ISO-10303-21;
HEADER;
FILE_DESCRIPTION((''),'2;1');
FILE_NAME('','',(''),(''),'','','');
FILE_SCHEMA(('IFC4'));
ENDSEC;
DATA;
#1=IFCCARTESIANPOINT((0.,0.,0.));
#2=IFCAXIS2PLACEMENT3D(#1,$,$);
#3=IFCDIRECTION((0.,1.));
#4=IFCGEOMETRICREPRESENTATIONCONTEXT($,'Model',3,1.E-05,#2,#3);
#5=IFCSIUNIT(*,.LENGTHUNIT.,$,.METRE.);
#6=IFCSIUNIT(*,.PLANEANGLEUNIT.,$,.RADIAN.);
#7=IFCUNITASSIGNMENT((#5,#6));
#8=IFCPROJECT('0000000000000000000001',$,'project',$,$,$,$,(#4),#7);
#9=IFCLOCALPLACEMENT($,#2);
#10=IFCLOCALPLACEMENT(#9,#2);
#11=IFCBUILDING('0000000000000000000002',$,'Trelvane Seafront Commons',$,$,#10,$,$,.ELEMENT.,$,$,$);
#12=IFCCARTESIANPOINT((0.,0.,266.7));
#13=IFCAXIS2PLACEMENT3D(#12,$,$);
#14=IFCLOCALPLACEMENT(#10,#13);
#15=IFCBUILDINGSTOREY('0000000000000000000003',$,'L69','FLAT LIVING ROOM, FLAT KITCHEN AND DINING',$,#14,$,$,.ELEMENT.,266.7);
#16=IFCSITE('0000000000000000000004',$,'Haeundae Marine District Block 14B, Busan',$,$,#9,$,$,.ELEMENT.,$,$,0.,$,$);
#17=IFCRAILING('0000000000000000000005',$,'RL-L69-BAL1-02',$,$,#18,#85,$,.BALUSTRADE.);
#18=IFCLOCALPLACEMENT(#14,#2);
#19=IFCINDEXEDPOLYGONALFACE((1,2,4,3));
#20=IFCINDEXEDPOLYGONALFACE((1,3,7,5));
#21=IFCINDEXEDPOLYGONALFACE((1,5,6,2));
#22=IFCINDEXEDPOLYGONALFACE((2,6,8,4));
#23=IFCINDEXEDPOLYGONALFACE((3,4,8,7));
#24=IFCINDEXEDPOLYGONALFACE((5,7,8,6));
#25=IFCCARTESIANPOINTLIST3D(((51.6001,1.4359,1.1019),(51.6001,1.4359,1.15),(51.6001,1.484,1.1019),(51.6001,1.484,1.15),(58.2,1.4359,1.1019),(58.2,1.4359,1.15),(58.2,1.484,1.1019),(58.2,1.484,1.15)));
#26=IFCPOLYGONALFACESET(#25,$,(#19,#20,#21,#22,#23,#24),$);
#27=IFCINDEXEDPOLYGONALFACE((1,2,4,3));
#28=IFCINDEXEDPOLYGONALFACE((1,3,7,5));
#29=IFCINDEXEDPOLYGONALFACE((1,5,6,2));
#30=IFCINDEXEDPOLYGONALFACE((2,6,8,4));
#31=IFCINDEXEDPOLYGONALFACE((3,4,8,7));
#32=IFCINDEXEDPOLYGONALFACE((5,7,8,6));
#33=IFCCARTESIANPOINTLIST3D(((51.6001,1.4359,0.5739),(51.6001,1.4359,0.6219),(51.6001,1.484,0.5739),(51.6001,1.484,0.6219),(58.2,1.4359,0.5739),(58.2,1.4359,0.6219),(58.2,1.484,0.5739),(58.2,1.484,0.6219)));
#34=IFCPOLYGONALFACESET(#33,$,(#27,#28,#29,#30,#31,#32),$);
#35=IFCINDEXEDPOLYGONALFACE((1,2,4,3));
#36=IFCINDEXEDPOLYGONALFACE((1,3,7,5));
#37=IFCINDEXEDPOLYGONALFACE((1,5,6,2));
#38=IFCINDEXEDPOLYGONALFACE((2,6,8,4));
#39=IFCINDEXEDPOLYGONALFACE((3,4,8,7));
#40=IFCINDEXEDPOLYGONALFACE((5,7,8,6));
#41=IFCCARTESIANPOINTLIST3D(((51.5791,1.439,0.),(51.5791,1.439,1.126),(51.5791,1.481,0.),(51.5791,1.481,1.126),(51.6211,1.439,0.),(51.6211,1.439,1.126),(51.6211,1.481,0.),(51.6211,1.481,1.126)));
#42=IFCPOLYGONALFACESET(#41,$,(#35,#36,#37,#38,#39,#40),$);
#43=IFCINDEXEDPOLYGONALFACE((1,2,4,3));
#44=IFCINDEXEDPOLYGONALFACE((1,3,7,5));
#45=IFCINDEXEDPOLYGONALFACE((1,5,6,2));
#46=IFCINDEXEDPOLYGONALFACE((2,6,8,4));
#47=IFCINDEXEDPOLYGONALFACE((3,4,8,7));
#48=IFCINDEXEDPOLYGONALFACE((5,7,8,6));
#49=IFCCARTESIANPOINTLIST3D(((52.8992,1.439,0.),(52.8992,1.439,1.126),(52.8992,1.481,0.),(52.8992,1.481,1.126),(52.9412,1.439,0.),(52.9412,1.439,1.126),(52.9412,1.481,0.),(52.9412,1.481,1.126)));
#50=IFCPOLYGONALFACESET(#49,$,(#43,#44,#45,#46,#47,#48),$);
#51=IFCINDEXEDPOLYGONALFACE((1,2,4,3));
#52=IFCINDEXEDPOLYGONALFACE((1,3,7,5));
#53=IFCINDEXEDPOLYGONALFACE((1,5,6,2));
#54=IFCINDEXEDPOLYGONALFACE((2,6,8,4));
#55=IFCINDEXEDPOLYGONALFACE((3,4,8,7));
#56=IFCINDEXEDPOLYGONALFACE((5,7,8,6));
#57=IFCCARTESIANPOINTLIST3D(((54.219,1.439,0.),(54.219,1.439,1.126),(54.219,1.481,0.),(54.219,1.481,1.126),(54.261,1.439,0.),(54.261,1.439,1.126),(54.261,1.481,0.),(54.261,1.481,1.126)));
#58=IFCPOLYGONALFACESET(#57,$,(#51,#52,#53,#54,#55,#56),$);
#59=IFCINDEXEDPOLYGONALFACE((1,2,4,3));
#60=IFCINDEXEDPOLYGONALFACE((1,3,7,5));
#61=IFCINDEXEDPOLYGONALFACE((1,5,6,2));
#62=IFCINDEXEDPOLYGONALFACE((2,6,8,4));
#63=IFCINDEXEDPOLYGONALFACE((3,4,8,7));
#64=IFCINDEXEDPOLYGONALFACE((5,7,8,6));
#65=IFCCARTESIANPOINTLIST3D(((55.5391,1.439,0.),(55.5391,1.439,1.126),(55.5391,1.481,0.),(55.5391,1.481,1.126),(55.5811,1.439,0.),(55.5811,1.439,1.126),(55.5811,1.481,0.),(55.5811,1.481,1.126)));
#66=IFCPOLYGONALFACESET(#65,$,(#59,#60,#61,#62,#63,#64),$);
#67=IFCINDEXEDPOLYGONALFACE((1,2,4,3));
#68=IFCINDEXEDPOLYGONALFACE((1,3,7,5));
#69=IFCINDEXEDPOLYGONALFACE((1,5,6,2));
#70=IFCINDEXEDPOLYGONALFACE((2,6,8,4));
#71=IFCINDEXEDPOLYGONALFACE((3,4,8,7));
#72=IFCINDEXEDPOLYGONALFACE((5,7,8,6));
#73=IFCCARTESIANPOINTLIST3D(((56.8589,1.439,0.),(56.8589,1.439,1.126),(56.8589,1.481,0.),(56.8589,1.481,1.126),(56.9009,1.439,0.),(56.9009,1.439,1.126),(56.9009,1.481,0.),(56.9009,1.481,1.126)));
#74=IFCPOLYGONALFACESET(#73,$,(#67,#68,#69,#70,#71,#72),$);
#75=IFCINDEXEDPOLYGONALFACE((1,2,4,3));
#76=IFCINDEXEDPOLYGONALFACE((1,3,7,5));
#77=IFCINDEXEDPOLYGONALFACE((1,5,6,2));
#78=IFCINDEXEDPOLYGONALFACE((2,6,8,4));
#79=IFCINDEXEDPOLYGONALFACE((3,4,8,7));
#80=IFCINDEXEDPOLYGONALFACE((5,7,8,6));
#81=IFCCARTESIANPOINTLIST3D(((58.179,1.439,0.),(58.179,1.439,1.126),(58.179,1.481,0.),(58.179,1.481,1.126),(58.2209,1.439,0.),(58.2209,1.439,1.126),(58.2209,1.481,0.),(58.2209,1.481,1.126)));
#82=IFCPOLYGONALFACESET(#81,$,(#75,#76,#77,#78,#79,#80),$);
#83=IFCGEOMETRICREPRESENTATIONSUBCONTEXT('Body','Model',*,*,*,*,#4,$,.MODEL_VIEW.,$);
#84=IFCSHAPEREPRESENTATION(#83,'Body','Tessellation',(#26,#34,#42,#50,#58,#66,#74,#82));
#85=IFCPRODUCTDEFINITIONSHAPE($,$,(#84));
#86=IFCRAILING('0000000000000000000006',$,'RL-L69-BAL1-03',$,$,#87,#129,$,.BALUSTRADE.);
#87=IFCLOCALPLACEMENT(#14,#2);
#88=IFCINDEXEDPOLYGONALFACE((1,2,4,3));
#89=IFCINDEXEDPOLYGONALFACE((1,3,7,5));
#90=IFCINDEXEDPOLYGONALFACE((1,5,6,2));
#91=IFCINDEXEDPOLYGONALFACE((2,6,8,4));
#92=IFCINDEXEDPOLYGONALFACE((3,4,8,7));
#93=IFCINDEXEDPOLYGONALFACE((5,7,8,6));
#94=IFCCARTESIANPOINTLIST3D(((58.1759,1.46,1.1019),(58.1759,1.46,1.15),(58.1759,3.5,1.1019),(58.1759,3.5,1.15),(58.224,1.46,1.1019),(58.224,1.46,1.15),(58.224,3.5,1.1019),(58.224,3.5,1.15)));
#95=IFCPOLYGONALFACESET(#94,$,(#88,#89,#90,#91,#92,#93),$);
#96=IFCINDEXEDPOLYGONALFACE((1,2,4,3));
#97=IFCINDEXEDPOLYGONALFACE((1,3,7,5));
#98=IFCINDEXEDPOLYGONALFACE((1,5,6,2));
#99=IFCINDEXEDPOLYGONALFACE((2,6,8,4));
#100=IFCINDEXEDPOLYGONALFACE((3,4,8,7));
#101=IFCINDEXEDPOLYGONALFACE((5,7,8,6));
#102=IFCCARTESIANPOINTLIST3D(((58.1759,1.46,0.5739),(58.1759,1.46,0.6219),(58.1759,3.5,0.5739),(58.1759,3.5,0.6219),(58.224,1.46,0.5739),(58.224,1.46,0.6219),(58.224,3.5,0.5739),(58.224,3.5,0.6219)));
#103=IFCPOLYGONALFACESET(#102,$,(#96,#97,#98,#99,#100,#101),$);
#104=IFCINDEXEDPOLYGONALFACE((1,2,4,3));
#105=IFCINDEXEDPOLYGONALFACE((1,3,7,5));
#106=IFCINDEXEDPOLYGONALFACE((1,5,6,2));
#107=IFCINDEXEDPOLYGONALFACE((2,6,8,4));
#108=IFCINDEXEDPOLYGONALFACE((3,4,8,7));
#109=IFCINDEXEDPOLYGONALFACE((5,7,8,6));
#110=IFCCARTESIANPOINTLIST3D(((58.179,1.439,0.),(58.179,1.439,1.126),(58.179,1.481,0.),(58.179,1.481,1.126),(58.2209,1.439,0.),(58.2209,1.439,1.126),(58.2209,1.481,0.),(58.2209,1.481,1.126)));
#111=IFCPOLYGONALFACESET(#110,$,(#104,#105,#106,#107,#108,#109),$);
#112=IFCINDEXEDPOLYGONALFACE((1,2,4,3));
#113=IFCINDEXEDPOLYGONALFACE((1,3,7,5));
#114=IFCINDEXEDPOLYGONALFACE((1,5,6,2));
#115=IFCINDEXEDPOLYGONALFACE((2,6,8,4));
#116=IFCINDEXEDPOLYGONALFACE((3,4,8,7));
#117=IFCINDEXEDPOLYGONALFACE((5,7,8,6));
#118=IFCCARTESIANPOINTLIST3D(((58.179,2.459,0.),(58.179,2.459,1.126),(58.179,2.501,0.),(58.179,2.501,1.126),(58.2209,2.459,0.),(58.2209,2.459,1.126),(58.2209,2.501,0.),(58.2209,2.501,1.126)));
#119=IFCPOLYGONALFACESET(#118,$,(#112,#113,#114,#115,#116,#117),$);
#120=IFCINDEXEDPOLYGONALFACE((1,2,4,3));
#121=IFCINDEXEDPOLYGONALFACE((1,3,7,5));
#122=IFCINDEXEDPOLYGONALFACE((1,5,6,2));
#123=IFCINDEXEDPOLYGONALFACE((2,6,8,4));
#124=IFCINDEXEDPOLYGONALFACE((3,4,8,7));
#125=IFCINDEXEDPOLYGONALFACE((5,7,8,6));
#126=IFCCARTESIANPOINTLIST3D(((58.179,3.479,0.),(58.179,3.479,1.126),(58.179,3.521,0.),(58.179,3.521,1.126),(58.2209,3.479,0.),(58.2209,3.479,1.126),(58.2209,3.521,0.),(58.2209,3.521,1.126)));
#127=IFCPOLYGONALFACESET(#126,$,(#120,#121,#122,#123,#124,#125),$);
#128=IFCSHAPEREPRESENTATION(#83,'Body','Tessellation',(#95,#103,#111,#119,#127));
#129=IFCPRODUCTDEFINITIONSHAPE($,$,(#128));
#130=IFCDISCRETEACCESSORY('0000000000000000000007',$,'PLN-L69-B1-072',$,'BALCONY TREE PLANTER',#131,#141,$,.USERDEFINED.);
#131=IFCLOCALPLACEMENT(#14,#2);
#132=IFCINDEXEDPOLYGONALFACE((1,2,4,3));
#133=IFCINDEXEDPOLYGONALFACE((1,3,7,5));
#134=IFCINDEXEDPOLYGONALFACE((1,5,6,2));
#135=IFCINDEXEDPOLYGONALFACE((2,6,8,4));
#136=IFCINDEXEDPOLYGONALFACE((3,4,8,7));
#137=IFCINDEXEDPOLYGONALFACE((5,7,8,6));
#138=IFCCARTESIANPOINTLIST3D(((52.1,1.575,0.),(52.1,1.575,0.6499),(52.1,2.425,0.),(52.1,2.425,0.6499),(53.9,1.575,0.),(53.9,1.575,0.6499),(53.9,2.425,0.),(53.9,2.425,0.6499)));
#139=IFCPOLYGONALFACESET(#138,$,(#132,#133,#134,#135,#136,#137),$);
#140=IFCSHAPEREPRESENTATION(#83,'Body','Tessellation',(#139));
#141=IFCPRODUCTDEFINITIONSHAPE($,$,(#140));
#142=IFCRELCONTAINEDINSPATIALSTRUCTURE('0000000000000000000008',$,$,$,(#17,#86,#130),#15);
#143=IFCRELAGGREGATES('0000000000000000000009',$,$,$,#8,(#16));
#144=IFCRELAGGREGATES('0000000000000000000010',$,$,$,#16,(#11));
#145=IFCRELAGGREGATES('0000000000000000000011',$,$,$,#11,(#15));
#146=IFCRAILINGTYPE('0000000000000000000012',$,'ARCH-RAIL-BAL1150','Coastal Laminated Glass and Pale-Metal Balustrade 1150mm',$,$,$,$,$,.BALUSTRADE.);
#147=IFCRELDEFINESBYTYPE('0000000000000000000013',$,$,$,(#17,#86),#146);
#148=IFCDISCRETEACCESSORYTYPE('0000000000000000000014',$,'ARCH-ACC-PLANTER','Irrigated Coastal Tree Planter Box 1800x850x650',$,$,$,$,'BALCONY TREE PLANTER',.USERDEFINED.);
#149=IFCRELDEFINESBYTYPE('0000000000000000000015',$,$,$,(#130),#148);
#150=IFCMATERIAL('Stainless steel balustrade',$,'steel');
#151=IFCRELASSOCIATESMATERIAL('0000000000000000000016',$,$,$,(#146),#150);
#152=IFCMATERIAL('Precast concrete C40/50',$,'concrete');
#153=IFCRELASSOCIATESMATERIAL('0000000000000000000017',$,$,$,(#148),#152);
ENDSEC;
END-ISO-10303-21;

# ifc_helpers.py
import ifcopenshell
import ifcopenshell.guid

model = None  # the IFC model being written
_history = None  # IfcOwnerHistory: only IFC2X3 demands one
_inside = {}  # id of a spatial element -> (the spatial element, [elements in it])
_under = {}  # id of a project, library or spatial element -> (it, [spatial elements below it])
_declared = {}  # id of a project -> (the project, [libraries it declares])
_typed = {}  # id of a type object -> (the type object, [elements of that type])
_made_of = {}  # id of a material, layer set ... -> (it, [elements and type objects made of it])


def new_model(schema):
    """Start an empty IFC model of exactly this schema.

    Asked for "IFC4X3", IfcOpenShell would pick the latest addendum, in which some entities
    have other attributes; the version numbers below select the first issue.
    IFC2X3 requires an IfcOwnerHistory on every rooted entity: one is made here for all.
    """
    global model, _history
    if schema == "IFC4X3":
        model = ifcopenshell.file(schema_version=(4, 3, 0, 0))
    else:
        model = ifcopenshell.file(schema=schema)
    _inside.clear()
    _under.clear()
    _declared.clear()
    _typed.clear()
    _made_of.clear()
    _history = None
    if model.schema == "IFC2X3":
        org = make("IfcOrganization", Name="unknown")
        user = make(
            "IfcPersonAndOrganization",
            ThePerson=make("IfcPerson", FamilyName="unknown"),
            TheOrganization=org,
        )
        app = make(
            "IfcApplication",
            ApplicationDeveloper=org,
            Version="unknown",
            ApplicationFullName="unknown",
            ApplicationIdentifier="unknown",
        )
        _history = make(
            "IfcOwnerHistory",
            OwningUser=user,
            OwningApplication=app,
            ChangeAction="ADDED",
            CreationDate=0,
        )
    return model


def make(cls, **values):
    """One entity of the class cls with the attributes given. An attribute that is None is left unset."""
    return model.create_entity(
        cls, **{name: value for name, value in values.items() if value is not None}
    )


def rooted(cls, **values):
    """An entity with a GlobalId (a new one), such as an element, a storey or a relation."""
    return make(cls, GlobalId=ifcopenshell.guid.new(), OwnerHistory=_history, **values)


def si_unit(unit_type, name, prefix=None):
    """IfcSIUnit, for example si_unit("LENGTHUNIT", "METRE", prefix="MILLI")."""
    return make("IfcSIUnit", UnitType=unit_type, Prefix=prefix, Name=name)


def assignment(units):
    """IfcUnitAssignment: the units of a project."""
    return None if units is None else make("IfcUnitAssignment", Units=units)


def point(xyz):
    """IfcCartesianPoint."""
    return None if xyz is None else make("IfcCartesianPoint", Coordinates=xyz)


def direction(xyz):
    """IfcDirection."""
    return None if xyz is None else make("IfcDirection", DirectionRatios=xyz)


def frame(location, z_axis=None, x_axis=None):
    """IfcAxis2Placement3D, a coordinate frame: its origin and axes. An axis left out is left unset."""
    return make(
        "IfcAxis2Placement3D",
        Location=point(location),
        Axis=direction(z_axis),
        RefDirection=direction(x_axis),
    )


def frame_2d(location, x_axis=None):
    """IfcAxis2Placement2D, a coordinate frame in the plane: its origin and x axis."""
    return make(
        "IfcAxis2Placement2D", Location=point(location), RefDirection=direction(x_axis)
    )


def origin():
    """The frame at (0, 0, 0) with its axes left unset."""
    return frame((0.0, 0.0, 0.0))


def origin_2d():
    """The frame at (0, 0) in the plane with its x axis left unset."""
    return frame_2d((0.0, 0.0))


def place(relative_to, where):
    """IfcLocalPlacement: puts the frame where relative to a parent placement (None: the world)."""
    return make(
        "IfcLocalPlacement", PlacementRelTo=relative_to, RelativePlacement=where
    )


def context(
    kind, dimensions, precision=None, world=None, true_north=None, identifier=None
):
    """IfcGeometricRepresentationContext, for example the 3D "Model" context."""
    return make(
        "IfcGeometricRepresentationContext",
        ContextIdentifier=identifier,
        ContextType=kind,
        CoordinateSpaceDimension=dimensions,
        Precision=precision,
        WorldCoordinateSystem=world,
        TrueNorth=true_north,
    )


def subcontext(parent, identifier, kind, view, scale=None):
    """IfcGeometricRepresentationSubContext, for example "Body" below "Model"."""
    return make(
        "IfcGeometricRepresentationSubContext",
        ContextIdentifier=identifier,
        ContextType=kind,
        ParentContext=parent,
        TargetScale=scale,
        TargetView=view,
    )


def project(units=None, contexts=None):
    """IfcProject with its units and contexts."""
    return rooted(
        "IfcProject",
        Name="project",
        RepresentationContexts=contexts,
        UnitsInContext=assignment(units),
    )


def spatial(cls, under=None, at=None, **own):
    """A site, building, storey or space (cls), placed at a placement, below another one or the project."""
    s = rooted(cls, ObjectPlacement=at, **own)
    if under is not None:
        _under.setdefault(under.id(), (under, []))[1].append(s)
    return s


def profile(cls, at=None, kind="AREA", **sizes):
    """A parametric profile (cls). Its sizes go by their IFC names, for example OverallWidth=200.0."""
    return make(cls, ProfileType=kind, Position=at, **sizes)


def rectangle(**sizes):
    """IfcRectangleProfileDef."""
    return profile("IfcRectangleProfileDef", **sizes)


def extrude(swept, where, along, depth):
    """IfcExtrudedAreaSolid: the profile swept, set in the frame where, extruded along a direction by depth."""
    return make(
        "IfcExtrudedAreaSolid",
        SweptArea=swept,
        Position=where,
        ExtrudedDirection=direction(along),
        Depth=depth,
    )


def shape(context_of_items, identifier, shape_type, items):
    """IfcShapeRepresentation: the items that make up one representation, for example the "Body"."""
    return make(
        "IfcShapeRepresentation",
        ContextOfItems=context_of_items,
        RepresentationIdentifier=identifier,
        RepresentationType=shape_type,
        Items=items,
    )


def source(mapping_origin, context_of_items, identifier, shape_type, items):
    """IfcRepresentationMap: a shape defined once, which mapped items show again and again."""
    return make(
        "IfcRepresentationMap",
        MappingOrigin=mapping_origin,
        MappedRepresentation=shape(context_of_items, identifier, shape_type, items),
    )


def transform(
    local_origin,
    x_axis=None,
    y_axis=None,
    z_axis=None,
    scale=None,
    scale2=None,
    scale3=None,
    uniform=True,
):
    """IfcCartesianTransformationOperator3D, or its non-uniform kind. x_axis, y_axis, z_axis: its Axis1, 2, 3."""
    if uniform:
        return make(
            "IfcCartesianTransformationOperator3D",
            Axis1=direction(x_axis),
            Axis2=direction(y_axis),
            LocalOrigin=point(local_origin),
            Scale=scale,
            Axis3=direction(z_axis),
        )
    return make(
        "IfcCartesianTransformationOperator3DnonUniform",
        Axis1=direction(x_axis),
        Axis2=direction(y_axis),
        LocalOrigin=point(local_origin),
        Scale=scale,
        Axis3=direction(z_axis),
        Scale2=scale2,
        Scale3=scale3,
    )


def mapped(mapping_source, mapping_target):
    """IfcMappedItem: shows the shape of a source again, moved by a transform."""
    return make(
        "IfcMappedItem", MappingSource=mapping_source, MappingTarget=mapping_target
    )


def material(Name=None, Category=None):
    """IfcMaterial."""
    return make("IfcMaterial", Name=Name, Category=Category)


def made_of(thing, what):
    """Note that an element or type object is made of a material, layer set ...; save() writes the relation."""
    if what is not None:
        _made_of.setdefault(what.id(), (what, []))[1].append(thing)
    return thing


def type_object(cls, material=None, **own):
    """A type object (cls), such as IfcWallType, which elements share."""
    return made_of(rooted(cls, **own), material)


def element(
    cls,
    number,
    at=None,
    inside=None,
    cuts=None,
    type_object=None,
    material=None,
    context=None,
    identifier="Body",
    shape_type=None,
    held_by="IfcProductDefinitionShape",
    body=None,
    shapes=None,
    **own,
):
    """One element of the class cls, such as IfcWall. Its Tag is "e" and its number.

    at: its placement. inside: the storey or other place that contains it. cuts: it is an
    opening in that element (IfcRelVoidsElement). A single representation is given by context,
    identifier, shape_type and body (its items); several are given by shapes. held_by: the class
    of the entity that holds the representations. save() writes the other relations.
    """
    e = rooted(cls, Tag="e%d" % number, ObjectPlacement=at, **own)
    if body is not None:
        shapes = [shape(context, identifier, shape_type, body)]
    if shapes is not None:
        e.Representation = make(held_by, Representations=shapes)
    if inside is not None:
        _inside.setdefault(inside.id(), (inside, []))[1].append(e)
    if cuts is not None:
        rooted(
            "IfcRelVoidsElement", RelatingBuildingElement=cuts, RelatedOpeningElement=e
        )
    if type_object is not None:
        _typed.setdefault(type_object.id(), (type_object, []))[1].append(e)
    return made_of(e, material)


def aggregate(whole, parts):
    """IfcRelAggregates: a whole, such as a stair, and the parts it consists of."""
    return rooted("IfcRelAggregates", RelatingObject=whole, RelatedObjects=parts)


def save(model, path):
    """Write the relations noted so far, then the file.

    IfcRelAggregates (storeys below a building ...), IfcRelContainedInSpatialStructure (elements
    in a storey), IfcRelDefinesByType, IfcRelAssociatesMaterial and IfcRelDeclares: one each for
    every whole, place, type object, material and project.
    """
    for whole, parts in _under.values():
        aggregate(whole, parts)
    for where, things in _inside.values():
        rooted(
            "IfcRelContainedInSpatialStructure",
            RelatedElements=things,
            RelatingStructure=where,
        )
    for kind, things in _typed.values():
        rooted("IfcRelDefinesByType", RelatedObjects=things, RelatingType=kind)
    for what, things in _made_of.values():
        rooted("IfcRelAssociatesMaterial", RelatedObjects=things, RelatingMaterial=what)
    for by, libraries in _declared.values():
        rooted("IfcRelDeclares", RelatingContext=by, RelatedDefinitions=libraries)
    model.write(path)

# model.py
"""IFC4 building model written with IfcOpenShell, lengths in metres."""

from ifc_helpers import new_model, si_unit, direction, frame, origin, origin_2d, place, context, subcontext, project, spatial, rectangle, extrude, source, transform, mapped, material, type_object, element, save


model = new_model("IFC4")

# Units and contexts
model_context = context("Model", 3, precision=1e-05, world=origin(), true_north=direction((0.0, 1.0)))
body_context = subcontext(model_context, "Body", "Model", "MODEL_VIEW")
ifc_project = project(units=[si_unit("LENGTHUNIT", "METRE"), si_unit("PLANEANGLEUNIT", "RADIAN")], contexts=[model_context])

# Site, building, storey
site_placement = place(None, origin())
site = spatial("IfcSite", under=ifc_project, at=site_placement, Name="Haeundae Marine District Block 14B, Busan", CompositionType="ELEMENT", RefElevation=0.0)
building_placement = place(site_placement, origin())
building = spatial("IfcBuilding", under=site, at=building_placement, Name="Trelvane Seafront Commons", CompositionType="ELEMENT")
storey_placement = place(building_placement, frame((0.0, 0.0, 266.7)))
storey = spatial("IfcBuildingStorey", under=building, at=storey_placement, Name="L69", Description="FLAT LIVING ROOM, FLAT KITCHEN AND DINING", CompositionType="ELEMENT", Elevation=266.7)

# Railings
ifc_material_1 = material(Name="Stainless steel balustrade", Category="steel")
railing_type = type_object("IfcRailingType", Name="ARCH-RAIL-BAL1150", Description="Coastal Laminated Glass and Pale-Metal Balustrade 1150mm", PredefinedType="BALUSTRADE", material=ifc_material_1)
railing_1_placement = place(storey_placement, frame((51.6001, 1.46, 0.0)))
element("IfcRailing", 1, at=railing_1_placement, inside=storey, type_object=railing_type, Name="RL-L69-BAL1-02", PredefinedType="BALUSTRADE", context=body_context, shape_type="SweptSolid", body=[
    extrude(rectangle(XDim=0.0481, YDim=0.0481, at=origin_2d()), frame((0.0, 0.0, 1.126), z_axis=(1.0, 0.0, 0.0), x_axis=(0.0, 1.0, 0.0)), (0.0, 0.0, 1.0), 6.5999),
    extrude(rectangle(XDim=0.0481, YDim=0.0481, at=origin_2d()), frame((0.0, 0.0, 0.5979), z_axis=(1.0, 0.0, 0.0), x_axis=(0.0, 1.0, 0.0)), (0.0, 0.0, 1.0), 6.5999),
    extrude(rectangle(XDim=0.042, YDim=0.042, at=origin_2d()), origin(), (0.0, 0.0, 1.0), 1.126),
    extrude(rectangle(XDim=0.042, YDim=0.042, at=origin_2d()), frame((1.3201, 0.0, 0.0)), (0.0, 0.0, 1.0), 1.126),
    extrude(rectangle(XDim=0.042, YDim=0.042, at=origin_2d()), frame((2.6399, 0.0, 0.0)), (0.0, 0.0, 1.0), 1.126),
    extrude(rectangle(XDim=0.042, YDim=0.042, at=origin_2d()), frame((3.96, 0.0, 0.0)), (0.0, 0.0, 1.0), 1.126),
    extrude(rectangle(XDim=0.042, YDim=0.042, at=origin_2d()), frame((5.2798, 0.0, 0.0)), (0.0, 0.0, 1.0), 1.126),
    extrude(rectangle(XDim=0.042, YDim=0.042, at=origin_2d()), frame((6.5999, 0.0, 0.0)), (0.0, 0.0, 1.0), 1.126),
])
railing_2_placement = place(storey_placement, frame((58.2, 1.46, 0.0)))
element("IfcRailing", 2, at=railing_2_placement, inside=storey, type_object=railing_type, Name="RL-L69-BAL1-03", PredefinedType="BALUSTRADE", context=body_context, shape_type="SweptSolid", body=[
    extrude(rectangle(XDim=0.0481, YDim=0.0481, at=origin_2d()), frame((0.0, 0.0, 1.126), z_axis=(0.0, 1.0, 0.0), x_axis=(-1.0, 0.0, 0.0)), (0.0, 0.0, 1.0), 2.04),
    extrude(rectangle(XDim=0.0481, YDim=0.0481, at=origin_2d()), frame((0.0, 0.0, 0.5979), z_axis=(0.0, 1.0, 0.0), x_axis=(-1.0, 0.0, 0.0)), (0.0, 0.0, 1.0), 2.04),
    extrude(rectangle(XDim=0.042, YDim=0.042, at=origin_2d()), origin(), (0.0, 0.0, 1.0), 1.126),
    extrude(rectangle(XDim=0.042, YDim=0.042, at=origin_2d()), frame((0.0, 1.02, 0.0)), (0.0, 0.0, 1.0), 1.126),
    extrude(rectangle(XDim=0.042, YDim=0.042, at=origin_2d()), frame((0.0, 2.04, 0.0)), (0.0, 0.0, 1.0), 1.126),
])

# Discrete accessory
ifc_material_2 = material(Name="Precast concrete C40/50", Category="concrete")
discrete_accessory_type = type_object("IfcDiscreteAccessoryType", Name="ARCH-ACC-PLANTER", Description="Irrigated Coastal Tree Planter Box 1800x850x650", ElementType="BALCONY TREE PLANTER", PredefinedType="USERDEFINED", material=ifc_material_2)
shared_shape_1 = source(origin(), body_context, "Body", "SweptSolid", [
    extrude(rectangle(XDim=1.8, YDim=0.8501, at=origin_2d()), origin(), (0.0, 0.0, 1.0), 0.6499),
])
discrete_accessory_placement = place(storey_placement, frame((53.0, 2.0, 0.0), z_axis=(0.0, 0.0, 1.0), x_axis=(1.0, 0.0, 0.0)))
element("IfcDiscreteAccessory", 3, at=discrete_accessory_placement, inside=storey, type_object=discrete_accessory_type, Name="PLN-L69-B1-072", ObjectType="BALCONY TREE PLANTER", PredefinedType="USERDEFINED", context=body_context, shape_type="MappedRepresentation", body=[
    mapped(shared_shape_1, transform((0.0, 0.0, 0.0), x_axis=(1.0, 0.0, 0.0), y_axis=(0.0, 1.0, 0.0), z_axis=(0.0, 0.0, 1.0), scale=1.0)),
])

save(model, "model.ifc")
